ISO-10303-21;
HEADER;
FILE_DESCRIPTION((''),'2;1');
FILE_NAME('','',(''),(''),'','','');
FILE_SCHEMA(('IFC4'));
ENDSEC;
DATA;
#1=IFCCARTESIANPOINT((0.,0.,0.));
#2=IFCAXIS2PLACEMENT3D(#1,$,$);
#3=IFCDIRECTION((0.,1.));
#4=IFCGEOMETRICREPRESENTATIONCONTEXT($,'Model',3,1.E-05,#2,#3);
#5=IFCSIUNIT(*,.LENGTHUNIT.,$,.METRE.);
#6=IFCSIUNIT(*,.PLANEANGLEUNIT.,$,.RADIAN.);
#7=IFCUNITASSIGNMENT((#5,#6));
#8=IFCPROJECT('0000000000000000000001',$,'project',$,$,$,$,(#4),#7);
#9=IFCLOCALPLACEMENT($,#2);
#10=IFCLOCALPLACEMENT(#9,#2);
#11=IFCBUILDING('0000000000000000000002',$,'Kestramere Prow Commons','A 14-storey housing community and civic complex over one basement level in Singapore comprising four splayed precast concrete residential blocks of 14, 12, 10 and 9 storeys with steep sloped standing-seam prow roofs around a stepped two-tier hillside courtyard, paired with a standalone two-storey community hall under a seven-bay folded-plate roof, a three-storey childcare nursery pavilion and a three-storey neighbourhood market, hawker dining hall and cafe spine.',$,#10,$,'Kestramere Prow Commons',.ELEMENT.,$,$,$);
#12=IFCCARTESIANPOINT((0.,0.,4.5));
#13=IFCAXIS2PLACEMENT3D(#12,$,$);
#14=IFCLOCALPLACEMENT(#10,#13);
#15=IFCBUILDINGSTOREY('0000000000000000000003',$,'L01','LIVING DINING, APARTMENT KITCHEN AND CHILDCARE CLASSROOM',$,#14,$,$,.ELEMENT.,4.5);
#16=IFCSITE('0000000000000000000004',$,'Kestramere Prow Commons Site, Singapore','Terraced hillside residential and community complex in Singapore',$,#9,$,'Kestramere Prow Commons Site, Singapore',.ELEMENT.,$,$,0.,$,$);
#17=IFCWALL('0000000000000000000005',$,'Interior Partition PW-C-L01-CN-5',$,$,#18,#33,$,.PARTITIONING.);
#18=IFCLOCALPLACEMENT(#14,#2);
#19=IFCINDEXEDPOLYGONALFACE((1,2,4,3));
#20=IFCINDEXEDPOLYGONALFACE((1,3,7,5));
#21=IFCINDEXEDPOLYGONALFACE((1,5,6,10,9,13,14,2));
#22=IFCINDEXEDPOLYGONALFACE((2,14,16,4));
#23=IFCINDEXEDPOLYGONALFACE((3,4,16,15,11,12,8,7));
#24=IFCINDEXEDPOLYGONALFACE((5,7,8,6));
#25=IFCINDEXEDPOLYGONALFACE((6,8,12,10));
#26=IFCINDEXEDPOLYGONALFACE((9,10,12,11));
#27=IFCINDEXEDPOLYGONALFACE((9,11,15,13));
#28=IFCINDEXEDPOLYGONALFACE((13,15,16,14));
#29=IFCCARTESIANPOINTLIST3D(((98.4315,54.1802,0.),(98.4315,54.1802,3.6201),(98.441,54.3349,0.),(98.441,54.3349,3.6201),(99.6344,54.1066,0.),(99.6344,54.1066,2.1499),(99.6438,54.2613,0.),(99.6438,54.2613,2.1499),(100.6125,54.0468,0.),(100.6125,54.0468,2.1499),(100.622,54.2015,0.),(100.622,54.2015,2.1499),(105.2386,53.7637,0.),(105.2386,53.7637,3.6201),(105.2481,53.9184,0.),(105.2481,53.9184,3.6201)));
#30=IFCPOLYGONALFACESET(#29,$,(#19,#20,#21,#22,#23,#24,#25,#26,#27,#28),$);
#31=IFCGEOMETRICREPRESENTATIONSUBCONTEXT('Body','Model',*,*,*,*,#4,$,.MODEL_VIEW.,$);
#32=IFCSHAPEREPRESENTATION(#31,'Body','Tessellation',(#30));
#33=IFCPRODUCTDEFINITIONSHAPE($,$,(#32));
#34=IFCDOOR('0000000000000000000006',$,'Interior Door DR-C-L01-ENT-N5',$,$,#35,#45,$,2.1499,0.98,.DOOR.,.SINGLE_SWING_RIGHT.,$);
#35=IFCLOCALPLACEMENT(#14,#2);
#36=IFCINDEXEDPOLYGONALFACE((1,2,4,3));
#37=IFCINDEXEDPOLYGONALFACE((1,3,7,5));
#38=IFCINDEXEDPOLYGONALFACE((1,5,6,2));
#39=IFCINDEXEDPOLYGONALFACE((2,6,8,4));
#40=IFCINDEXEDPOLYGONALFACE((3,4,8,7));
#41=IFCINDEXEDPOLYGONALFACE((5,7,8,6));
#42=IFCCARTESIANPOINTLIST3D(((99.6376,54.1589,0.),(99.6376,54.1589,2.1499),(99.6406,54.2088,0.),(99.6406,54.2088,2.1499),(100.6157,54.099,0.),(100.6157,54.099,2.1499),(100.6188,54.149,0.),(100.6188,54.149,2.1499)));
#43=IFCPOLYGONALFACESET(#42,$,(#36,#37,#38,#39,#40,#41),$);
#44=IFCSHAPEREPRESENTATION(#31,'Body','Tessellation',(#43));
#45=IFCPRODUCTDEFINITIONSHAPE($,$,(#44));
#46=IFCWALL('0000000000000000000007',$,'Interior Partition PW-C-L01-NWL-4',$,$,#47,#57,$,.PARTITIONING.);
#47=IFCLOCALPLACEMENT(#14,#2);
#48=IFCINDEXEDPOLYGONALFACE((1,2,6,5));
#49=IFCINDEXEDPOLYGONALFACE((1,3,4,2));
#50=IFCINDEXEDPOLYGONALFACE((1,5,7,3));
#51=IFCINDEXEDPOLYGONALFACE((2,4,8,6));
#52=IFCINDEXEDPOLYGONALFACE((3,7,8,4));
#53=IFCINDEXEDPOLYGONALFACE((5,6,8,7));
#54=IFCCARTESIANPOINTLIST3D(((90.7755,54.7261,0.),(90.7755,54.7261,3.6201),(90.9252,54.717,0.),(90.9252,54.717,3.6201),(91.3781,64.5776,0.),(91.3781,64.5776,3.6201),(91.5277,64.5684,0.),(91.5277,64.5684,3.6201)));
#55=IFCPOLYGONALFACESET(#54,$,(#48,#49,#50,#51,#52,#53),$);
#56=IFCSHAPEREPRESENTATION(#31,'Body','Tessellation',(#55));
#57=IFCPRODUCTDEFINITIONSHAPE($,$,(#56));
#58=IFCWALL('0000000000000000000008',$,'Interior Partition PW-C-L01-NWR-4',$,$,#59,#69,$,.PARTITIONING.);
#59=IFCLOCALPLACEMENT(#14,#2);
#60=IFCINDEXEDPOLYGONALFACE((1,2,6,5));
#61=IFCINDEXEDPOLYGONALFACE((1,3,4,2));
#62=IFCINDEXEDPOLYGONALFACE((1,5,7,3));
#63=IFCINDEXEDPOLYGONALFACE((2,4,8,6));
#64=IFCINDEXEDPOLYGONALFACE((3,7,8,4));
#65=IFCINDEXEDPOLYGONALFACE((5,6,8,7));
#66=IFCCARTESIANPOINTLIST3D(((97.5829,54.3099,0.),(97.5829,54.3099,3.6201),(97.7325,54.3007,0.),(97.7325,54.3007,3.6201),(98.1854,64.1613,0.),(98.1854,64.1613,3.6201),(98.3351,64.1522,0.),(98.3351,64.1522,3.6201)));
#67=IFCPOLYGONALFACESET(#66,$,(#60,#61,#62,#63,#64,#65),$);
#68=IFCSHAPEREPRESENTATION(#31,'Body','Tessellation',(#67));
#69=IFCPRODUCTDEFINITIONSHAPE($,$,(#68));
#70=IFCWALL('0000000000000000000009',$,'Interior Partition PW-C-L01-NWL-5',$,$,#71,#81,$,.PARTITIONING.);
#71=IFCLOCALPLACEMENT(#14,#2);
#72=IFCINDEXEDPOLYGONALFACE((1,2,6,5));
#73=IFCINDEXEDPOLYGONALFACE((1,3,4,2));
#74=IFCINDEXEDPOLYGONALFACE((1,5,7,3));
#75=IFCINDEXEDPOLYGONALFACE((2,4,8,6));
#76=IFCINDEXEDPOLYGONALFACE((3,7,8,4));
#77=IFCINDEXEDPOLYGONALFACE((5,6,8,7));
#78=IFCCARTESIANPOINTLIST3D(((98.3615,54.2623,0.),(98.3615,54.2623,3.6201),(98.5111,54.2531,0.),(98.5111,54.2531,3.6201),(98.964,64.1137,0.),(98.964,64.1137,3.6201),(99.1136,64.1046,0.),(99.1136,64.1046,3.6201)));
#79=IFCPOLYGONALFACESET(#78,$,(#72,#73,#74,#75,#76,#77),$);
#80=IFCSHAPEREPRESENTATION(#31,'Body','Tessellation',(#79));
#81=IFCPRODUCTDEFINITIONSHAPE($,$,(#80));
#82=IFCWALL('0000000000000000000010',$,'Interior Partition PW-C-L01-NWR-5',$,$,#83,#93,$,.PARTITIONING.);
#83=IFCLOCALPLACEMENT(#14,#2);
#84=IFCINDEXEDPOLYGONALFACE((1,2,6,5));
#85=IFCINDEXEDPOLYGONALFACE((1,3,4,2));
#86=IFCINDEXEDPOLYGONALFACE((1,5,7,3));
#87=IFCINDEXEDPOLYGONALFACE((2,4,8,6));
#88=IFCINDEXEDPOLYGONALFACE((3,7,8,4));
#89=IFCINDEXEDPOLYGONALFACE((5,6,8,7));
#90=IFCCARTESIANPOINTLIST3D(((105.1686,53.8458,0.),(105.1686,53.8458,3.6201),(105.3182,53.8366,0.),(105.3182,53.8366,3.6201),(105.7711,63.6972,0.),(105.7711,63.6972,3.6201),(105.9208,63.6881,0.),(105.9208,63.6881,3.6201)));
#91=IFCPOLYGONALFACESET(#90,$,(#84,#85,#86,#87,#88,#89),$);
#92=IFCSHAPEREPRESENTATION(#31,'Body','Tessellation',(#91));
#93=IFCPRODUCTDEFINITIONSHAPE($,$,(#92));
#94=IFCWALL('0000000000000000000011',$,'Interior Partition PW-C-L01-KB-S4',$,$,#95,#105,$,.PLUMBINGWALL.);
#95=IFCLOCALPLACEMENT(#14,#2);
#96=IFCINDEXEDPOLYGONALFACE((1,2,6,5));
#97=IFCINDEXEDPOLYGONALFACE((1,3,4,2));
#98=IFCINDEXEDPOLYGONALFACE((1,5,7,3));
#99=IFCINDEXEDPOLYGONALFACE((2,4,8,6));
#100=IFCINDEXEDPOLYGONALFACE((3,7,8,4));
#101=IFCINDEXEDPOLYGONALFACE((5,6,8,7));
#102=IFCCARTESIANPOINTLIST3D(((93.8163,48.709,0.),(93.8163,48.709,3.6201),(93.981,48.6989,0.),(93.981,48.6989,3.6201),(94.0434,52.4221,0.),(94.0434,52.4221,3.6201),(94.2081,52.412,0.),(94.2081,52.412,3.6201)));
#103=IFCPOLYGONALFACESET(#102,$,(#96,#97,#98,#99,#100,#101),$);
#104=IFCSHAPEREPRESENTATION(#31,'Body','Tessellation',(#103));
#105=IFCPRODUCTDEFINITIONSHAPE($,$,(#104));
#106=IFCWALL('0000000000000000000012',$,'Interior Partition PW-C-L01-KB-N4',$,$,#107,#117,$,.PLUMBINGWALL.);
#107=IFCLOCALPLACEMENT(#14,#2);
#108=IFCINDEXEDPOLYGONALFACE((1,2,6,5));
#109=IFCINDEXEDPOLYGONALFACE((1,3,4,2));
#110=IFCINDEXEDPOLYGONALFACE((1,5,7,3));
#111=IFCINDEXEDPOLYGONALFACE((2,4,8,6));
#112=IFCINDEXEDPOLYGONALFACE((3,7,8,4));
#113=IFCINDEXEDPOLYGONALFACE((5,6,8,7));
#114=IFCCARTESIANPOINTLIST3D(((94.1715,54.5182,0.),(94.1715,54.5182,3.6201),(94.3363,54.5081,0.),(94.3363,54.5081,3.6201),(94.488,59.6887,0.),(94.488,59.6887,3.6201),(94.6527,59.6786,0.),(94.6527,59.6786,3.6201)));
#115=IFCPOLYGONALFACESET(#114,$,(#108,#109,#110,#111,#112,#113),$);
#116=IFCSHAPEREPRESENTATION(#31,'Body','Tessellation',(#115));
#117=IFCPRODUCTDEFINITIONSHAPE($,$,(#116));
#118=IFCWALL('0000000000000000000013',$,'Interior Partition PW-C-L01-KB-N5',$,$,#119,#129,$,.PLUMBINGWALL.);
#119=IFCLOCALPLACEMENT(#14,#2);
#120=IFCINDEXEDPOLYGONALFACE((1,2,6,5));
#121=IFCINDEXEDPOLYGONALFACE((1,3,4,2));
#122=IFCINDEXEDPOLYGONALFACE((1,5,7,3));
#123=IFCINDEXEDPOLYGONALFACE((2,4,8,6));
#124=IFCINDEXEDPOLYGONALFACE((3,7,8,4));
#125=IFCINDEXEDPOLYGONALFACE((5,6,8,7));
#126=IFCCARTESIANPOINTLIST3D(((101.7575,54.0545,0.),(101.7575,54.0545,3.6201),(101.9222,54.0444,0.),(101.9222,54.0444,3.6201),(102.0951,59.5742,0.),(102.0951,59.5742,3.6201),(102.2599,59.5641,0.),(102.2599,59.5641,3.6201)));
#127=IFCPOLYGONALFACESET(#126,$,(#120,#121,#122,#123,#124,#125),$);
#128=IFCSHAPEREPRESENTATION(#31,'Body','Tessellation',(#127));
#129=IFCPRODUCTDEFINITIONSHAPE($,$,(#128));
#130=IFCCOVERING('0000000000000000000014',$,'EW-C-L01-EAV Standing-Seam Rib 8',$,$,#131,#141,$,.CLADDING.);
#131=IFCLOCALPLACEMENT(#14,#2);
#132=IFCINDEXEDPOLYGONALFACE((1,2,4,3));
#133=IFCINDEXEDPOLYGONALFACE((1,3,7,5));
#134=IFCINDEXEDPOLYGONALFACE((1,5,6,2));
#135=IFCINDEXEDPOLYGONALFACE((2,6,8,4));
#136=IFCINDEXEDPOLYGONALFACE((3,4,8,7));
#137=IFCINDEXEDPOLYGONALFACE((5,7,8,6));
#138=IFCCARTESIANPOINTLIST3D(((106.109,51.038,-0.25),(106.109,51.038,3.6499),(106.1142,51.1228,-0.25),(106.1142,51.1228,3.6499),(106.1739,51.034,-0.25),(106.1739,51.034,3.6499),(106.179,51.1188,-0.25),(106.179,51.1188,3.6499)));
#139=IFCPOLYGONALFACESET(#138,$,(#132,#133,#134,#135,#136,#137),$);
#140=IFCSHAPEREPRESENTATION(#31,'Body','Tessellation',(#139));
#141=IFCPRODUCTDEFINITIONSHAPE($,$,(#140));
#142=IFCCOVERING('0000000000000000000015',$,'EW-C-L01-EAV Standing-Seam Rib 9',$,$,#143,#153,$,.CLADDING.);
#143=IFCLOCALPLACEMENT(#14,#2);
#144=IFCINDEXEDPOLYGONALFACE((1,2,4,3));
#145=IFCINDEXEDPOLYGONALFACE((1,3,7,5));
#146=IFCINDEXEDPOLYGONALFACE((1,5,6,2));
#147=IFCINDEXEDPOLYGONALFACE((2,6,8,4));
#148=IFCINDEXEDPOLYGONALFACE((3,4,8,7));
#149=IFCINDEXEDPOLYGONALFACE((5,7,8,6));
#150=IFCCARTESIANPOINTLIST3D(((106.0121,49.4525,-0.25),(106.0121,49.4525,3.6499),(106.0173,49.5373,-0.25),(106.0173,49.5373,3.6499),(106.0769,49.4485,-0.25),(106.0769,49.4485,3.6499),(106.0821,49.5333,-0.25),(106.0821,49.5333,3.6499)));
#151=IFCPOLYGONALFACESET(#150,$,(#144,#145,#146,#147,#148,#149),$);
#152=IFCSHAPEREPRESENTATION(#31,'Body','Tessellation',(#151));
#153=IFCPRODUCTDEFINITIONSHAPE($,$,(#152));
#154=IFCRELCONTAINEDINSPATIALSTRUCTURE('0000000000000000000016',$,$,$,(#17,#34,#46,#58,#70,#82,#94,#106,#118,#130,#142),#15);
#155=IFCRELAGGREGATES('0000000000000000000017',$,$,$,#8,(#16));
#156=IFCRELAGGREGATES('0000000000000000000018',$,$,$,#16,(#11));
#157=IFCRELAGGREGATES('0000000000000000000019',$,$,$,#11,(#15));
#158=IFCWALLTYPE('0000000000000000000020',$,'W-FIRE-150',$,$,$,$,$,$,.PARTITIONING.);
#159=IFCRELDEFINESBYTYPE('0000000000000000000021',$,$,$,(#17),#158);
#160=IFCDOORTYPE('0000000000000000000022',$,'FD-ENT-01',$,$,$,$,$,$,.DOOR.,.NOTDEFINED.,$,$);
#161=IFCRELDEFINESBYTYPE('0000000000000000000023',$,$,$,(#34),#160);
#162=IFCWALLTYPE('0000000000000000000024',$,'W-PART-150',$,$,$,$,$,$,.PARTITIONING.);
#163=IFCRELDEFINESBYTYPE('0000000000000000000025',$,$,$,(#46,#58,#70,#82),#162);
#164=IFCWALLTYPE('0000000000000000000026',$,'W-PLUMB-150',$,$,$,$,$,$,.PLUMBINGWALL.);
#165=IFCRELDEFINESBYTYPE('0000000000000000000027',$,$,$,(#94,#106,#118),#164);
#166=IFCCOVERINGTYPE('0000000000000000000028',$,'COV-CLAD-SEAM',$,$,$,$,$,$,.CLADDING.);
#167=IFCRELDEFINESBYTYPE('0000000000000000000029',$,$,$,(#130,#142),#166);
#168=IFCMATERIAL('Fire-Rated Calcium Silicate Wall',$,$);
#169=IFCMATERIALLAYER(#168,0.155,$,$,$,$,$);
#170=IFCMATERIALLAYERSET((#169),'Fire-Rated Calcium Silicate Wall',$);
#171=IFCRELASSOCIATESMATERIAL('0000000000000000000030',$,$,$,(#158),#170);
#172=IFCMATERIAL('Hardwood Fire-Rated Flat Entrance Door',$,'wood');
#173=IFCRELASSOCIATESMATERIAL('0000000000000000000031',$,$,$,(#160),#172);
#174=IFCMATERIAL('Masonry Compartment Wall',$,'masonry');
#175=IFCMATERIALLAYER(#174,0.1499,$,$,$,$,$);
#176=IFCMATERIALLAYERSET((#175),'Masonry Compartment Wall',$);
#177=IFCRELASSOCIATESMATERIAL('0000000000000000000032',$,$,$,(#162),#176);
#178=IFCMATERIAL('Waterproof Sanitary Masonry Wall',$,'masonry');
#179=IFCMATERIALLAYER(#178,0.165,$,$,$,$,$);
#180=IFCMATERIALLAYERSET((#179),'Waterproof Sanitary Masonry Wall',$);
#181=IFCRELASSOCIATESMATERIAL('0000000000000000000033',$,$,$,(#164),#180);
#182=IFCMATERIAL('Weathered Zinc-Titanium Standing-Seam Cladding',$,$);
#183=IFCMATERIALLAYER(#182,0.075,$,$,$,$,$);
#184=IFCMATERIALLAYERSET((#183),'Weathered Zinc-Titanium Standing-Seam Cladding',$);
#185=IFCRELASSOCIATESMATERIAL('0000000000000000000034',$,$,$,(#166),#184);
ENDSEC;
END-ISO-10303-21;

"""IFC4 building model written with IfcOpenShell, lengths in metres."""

from ifc_helpers import new_model, si_unit, direction, frame, frame_2d, origin, origin_2d, place, context, subcontext, project, spatial, rectangle, extrude, material, layer, layer_set, type_object, element, fill, save


model = new_model("IFC4")

# Units and contexts
model_context = context("Model", 3, precision=1e-05, world=origin(), true_north=direction((0.0, 1.0)))
body_context = subcontext(model_context, "Body", "Model", "MODEL_VIEW")
ifc_project = project(units=[si_unit("LENGTHUNIT", "METRE"), si_unit("PLANEANGLEUNIT", "RADIAN")], contexts=[model_context])

# Site, building, storey
site_placement = place(None, origin())
site = spatial("IfcSite", under=ifc_project, at=site_placement, Name="Kestramere Prow Commons Site, Singapore", Description="Terraced hillside residential and community complex in Singapore", LongName="Kestramere Prow Commons Site, Singapore", CompositionType="ELEMENT", RefElevation=0.0)
building_placement = place(site_placement, origin())
building = spatial("IfcBuilding", under=site, at=building_placement, Name="Kestramere Prow Commons", Description="A 14-storey housing community and civic complex over one basement level in Singapore comprising four splayed precast concrete residential blocks of 14, 12, 10 and 9 storeys with steep sloped standing-seam prow roofs around a stepped two-tier hillside courtyard, paired with a standalone two-storey community hall under a seven-bay folded-plate roof, a three-storey childcare nursery pavilion and a three-storey neighbourhood market, hawker dining hall and cafe spine.", LongName="Kestramere Prow Commons", CompositionType="ELEMENT")
storey_placement = place(building_placement, frame((0.0, 0.0, 4.5)))
storey = spatial("IfcBuildingStorey", under=building, at=storey_placement, Name="L01", Description="LIVING DINING, APARTMENT KITCHEN AND CHILDCARE CLASSROOM", CompositionType="ELEMENT", Elevation=4.5)

# Wall, opening, door
ifc_material_1 = material(Name="Fire-Rated Calcium Silicate Wall")
ifc_layer_1 = layer(ifc_material_1, 0.155)
ifc_layer_set_1 = layer_set([ifc_layer_1], Name="Fire-Rated Calcium Silicate Wall")
wall_type_1 = type_object("IfcWallType", Name="W-FIRE-150", PredefinedType="PARTITIONING", material=ifc_layer_set_1)
ifc_material_2 = material(Name="Hardwood Fire-Rated Flat Entrance Door", Category="wood")
wall_1_placement = place(storey_placement, frame((98.4363, 54.2576, 0.0), z_axis=(0.0, 0.0, 1.0), x_axis=(0.998133, -0.061072, 0.0)))
wall_1 = element("IfcWall", 1, at=wall_1_placement, inside=storey, type_object=wall_type_1, Name="Interior Partition PW-C-L01-CN-5", PredefinedType="PARTITIONING", context=body_context, shape_type="SweptSolid", body=[
    extrude(rectangle(XDim=6.8198, YDim=0.155, at=frame_2d((3.4099, 0.0))), origin(), (0.0, 0.0, 1.0), 3.6201),
])
opening_1_placement = place(wall_1_placement, frame((1.2051, 0.0, 0.0)))
opening_1 = element("IfcOpeningElement", 2, at=opening_1_placement, cuts=wall_1, PredefinedType="OPENING", context=body_context, shape_type="SweptSolid", body=[
    extrude(rectangle(XDim=0.98, YDim=2.1499, at=frame_2d((0.49, 1.075))), frame((0.0, 0.0925, 0.0), z_axis=(0.0, -1.0, 0.0), x_axis=(1.0, 0.0, 0.0)), (0.0, 0.0, 1.0), 0.1851),
])
door_type_1 = type_object("IfcDoorType", Name="FD-ENT-01", OperationType="NOTDEFINED", PredefinedType="DOOR", material=ifc_material_2)
door_1_placement = place(opening_1_placement, origin())
door_1 = element("IfcDoor", 3, at=door_1_placement, inside=storey, type_object=door_type_1, Name="Interior Door DR-C-L01-ENT-N5", OperationType="SINGLE_SWING_RIGHT", OverallHeight=2.1499, OverallWidth=0.98, PredefinedType="DOOR", context=body_context, shape_type="SweptSolid", body=[
    extrude(rectangle(XDim=0.98, YDim=2.1499, at=frame_2d((0.49, 1.075))), frame((0.0, 0.0249, 0.0), z_axis=(0.0, -1.0, 0.0), x_axis=(1.0, 0.0, 0.0)), (0.0, 0.0, 1.0), 0.05),
])
fill(opening_1, door_1)

# Walls
ifc_material_3 = material(Name="Masonry Compartment Wall", Category="masonry")
ifc_layer_2 = layer(ifc_material_3, 0.1499)
ifc_layer_set_2 = layer_set([ifc_layer_2], Name="Masonry Compartment Wall")
wall_type_2 = type_object("IfcWallType", Name="W-PART-150", PredefinedType="PARTITIONING", material=ifc_layer_set_2)
for number, where, z_axis, x_axis, name in (
    (4, (90.8503, 54.7214, 0.0), (0.0, 0.0, 1.0), (0.061048, 0.998135, 0.0), "Interior Partition PW-C-L01-NWL-4"),
    (5, (97.6577, 54.3052, 0.0), (0.0, 0.0, 1.0), (0.061048, 0.998135, 0.0), "Interior Partition PW-C-L01-NWR-4"),
    (6, (98.4363, 54.2576, 0.0), (0.0, 0.0, 1.0), (0.061048, 0.998135, 0.0), "Interior Partition PW-C-L01-NWL-5"),
    (7, (105.2434, 53.8411, 0.0), (0.0, 0.0, 1.0), (0.061048, 0.998135, 0.0), "Interior Partition PW-C-L01-NWR-5"),
):
    element("IfcWall", number, at=place(storey_placement, frame(where, z_axis=z_axis, x_axis=x_axis)), inside=storey, type_object=wall_type_2, Name=name, PredefinedType="PARTITIONING", context=body_context, shape_type="SweptSolid", body=[
        extrude(rectangle(XDim=9.8699, YDim=0.1499, at=frame_2d((4.9351, 0.0))), origin(), (0.0, 0.0, 1.0), 3.6201),
    ])
ifc_material_4 = material(Name="Waterproof Sanitary Masonry Wall", Category="masonry")
ifc_layer_3 = layer(ifc_material_4, 0.165)
ifc_layer_set_3 = layer_set([ifc_layer_3], Name="Waterproof Sanitary Masonry Wall")
wall_type_3 = type_object("IfcWallType", Name="W-PLUMB-150", PredefinedType="PLUMBINGWALL", material=ifc_layer_set_3)
wall_2_placement = place(storey_placement, frame((93.8987, 48.7041, 0.0), z_axis=(0.0, 0.0, 1.0), x_axis=(0.061034, 0.998136, 0.0)))
element("IfcWall", 8, at=wall_2_placement, inside=storey, type_object=wall_type_3, Name="Interior Partition PW-C-L01-KB-S4", PredefinedType="PLUMBINGWALL", context=body_context, shape_type="SweptSolid", body=[
    extrude(rectangle(XDim=3.72, YDim=0.165, at=frame_2d((1.8599, 0.0))), origin(), (0.0, 0.0, 1.0), 3.6201),
])
wall_3_placement = place(storey_placement, frame((94.2539, 54.5132, 0.0), z_axis=(0.0, 0.0, 1.0), x_axis=(0.061081, 0.998133, 0.0)))
element("IfcWall", 9, at=wall_3_placement, inside=storey, type_object=wall_type_3, Name="Interior Partition PW-C-L01-KB-N4", PredefinedType="PLUMBINGWALL", context=body_context, shape_type="SweptSolid", body=[
    extrude(rectangle(XDim=5.1802, YDim=0.165, at=frame_2d((2.5901, 0.0))), origin(), (0.0, 0.0, 1.0), 3.6201),
])
wall_4_placement = place(storey_placement, frame((101.8398, 54.0493, 0.0), z_axis=(0.0, 0.0, 1.0), x_axis=(0.061056, 0.998134, 0.0)))
element("IfcWall", 10, at=wall_4_placement, inside=storey, type_object=wall_type_3, Name="Interior Partition PW-C-L01-KB-N5", PredefinedType="PLUMBINGWALL", context=body_context, shape_type="SweptSolid", body=[
    extrude(rectangle(XDim=5.53, YDim=0.165, at=frame_2d((2.7651, 0.0))), origin(), (0.0, 0.0, 1.0), 3.6201),
])

# Coverings
ifc_material_5 = material(Name="Weathered Zinc-Titanium Standing-Seam Cladding")
ifc_layer_4 = layer(ifc_material_5, 0.075)
ifc_layer_set_4 = layer_set([ifc_layer_4], Name="Weathered Zinc-Titanium Standing-Seam Cladding")
covering_type = type_object("IfcCoveringType", Name="COV-CLAD-SEAM", PredefinedType="CLADDING", material=ifc_layer_set_4)
for number, where, z_axis, x_axis, name in (
    (11, (106.144, 51.0784, -0.25), (0.0, 0.0, 1.0), (-0.061049, -0.998135, 0.0), "EW-C-L01-EAV Standing-Seam Rib 8"),
    (12, (106.0471, 49.4929, -0.25), (0.0, 0.0, 1.0), (-0.061049, -0.998135, 0.0), "EW-C-L01-EAV Standing-Seam Rib 9"),
):
    element("IfcCovering", number, at=place(storey_placement, frame(where, z_axis=z_axis, x_axis=x_axis)), inside=storey, type_object=covering_type, Name=name, PredefinedType="CLADDING", context=body_context, shape_type="SweptSolid", body=[
        extrude(rectangle(XDim=0.085, YDim=0.0649, at=origin_2d()), origin(), (0.0, 0.0, 1.0), 3.8999),
    ])

save(model, "model.ifc")
